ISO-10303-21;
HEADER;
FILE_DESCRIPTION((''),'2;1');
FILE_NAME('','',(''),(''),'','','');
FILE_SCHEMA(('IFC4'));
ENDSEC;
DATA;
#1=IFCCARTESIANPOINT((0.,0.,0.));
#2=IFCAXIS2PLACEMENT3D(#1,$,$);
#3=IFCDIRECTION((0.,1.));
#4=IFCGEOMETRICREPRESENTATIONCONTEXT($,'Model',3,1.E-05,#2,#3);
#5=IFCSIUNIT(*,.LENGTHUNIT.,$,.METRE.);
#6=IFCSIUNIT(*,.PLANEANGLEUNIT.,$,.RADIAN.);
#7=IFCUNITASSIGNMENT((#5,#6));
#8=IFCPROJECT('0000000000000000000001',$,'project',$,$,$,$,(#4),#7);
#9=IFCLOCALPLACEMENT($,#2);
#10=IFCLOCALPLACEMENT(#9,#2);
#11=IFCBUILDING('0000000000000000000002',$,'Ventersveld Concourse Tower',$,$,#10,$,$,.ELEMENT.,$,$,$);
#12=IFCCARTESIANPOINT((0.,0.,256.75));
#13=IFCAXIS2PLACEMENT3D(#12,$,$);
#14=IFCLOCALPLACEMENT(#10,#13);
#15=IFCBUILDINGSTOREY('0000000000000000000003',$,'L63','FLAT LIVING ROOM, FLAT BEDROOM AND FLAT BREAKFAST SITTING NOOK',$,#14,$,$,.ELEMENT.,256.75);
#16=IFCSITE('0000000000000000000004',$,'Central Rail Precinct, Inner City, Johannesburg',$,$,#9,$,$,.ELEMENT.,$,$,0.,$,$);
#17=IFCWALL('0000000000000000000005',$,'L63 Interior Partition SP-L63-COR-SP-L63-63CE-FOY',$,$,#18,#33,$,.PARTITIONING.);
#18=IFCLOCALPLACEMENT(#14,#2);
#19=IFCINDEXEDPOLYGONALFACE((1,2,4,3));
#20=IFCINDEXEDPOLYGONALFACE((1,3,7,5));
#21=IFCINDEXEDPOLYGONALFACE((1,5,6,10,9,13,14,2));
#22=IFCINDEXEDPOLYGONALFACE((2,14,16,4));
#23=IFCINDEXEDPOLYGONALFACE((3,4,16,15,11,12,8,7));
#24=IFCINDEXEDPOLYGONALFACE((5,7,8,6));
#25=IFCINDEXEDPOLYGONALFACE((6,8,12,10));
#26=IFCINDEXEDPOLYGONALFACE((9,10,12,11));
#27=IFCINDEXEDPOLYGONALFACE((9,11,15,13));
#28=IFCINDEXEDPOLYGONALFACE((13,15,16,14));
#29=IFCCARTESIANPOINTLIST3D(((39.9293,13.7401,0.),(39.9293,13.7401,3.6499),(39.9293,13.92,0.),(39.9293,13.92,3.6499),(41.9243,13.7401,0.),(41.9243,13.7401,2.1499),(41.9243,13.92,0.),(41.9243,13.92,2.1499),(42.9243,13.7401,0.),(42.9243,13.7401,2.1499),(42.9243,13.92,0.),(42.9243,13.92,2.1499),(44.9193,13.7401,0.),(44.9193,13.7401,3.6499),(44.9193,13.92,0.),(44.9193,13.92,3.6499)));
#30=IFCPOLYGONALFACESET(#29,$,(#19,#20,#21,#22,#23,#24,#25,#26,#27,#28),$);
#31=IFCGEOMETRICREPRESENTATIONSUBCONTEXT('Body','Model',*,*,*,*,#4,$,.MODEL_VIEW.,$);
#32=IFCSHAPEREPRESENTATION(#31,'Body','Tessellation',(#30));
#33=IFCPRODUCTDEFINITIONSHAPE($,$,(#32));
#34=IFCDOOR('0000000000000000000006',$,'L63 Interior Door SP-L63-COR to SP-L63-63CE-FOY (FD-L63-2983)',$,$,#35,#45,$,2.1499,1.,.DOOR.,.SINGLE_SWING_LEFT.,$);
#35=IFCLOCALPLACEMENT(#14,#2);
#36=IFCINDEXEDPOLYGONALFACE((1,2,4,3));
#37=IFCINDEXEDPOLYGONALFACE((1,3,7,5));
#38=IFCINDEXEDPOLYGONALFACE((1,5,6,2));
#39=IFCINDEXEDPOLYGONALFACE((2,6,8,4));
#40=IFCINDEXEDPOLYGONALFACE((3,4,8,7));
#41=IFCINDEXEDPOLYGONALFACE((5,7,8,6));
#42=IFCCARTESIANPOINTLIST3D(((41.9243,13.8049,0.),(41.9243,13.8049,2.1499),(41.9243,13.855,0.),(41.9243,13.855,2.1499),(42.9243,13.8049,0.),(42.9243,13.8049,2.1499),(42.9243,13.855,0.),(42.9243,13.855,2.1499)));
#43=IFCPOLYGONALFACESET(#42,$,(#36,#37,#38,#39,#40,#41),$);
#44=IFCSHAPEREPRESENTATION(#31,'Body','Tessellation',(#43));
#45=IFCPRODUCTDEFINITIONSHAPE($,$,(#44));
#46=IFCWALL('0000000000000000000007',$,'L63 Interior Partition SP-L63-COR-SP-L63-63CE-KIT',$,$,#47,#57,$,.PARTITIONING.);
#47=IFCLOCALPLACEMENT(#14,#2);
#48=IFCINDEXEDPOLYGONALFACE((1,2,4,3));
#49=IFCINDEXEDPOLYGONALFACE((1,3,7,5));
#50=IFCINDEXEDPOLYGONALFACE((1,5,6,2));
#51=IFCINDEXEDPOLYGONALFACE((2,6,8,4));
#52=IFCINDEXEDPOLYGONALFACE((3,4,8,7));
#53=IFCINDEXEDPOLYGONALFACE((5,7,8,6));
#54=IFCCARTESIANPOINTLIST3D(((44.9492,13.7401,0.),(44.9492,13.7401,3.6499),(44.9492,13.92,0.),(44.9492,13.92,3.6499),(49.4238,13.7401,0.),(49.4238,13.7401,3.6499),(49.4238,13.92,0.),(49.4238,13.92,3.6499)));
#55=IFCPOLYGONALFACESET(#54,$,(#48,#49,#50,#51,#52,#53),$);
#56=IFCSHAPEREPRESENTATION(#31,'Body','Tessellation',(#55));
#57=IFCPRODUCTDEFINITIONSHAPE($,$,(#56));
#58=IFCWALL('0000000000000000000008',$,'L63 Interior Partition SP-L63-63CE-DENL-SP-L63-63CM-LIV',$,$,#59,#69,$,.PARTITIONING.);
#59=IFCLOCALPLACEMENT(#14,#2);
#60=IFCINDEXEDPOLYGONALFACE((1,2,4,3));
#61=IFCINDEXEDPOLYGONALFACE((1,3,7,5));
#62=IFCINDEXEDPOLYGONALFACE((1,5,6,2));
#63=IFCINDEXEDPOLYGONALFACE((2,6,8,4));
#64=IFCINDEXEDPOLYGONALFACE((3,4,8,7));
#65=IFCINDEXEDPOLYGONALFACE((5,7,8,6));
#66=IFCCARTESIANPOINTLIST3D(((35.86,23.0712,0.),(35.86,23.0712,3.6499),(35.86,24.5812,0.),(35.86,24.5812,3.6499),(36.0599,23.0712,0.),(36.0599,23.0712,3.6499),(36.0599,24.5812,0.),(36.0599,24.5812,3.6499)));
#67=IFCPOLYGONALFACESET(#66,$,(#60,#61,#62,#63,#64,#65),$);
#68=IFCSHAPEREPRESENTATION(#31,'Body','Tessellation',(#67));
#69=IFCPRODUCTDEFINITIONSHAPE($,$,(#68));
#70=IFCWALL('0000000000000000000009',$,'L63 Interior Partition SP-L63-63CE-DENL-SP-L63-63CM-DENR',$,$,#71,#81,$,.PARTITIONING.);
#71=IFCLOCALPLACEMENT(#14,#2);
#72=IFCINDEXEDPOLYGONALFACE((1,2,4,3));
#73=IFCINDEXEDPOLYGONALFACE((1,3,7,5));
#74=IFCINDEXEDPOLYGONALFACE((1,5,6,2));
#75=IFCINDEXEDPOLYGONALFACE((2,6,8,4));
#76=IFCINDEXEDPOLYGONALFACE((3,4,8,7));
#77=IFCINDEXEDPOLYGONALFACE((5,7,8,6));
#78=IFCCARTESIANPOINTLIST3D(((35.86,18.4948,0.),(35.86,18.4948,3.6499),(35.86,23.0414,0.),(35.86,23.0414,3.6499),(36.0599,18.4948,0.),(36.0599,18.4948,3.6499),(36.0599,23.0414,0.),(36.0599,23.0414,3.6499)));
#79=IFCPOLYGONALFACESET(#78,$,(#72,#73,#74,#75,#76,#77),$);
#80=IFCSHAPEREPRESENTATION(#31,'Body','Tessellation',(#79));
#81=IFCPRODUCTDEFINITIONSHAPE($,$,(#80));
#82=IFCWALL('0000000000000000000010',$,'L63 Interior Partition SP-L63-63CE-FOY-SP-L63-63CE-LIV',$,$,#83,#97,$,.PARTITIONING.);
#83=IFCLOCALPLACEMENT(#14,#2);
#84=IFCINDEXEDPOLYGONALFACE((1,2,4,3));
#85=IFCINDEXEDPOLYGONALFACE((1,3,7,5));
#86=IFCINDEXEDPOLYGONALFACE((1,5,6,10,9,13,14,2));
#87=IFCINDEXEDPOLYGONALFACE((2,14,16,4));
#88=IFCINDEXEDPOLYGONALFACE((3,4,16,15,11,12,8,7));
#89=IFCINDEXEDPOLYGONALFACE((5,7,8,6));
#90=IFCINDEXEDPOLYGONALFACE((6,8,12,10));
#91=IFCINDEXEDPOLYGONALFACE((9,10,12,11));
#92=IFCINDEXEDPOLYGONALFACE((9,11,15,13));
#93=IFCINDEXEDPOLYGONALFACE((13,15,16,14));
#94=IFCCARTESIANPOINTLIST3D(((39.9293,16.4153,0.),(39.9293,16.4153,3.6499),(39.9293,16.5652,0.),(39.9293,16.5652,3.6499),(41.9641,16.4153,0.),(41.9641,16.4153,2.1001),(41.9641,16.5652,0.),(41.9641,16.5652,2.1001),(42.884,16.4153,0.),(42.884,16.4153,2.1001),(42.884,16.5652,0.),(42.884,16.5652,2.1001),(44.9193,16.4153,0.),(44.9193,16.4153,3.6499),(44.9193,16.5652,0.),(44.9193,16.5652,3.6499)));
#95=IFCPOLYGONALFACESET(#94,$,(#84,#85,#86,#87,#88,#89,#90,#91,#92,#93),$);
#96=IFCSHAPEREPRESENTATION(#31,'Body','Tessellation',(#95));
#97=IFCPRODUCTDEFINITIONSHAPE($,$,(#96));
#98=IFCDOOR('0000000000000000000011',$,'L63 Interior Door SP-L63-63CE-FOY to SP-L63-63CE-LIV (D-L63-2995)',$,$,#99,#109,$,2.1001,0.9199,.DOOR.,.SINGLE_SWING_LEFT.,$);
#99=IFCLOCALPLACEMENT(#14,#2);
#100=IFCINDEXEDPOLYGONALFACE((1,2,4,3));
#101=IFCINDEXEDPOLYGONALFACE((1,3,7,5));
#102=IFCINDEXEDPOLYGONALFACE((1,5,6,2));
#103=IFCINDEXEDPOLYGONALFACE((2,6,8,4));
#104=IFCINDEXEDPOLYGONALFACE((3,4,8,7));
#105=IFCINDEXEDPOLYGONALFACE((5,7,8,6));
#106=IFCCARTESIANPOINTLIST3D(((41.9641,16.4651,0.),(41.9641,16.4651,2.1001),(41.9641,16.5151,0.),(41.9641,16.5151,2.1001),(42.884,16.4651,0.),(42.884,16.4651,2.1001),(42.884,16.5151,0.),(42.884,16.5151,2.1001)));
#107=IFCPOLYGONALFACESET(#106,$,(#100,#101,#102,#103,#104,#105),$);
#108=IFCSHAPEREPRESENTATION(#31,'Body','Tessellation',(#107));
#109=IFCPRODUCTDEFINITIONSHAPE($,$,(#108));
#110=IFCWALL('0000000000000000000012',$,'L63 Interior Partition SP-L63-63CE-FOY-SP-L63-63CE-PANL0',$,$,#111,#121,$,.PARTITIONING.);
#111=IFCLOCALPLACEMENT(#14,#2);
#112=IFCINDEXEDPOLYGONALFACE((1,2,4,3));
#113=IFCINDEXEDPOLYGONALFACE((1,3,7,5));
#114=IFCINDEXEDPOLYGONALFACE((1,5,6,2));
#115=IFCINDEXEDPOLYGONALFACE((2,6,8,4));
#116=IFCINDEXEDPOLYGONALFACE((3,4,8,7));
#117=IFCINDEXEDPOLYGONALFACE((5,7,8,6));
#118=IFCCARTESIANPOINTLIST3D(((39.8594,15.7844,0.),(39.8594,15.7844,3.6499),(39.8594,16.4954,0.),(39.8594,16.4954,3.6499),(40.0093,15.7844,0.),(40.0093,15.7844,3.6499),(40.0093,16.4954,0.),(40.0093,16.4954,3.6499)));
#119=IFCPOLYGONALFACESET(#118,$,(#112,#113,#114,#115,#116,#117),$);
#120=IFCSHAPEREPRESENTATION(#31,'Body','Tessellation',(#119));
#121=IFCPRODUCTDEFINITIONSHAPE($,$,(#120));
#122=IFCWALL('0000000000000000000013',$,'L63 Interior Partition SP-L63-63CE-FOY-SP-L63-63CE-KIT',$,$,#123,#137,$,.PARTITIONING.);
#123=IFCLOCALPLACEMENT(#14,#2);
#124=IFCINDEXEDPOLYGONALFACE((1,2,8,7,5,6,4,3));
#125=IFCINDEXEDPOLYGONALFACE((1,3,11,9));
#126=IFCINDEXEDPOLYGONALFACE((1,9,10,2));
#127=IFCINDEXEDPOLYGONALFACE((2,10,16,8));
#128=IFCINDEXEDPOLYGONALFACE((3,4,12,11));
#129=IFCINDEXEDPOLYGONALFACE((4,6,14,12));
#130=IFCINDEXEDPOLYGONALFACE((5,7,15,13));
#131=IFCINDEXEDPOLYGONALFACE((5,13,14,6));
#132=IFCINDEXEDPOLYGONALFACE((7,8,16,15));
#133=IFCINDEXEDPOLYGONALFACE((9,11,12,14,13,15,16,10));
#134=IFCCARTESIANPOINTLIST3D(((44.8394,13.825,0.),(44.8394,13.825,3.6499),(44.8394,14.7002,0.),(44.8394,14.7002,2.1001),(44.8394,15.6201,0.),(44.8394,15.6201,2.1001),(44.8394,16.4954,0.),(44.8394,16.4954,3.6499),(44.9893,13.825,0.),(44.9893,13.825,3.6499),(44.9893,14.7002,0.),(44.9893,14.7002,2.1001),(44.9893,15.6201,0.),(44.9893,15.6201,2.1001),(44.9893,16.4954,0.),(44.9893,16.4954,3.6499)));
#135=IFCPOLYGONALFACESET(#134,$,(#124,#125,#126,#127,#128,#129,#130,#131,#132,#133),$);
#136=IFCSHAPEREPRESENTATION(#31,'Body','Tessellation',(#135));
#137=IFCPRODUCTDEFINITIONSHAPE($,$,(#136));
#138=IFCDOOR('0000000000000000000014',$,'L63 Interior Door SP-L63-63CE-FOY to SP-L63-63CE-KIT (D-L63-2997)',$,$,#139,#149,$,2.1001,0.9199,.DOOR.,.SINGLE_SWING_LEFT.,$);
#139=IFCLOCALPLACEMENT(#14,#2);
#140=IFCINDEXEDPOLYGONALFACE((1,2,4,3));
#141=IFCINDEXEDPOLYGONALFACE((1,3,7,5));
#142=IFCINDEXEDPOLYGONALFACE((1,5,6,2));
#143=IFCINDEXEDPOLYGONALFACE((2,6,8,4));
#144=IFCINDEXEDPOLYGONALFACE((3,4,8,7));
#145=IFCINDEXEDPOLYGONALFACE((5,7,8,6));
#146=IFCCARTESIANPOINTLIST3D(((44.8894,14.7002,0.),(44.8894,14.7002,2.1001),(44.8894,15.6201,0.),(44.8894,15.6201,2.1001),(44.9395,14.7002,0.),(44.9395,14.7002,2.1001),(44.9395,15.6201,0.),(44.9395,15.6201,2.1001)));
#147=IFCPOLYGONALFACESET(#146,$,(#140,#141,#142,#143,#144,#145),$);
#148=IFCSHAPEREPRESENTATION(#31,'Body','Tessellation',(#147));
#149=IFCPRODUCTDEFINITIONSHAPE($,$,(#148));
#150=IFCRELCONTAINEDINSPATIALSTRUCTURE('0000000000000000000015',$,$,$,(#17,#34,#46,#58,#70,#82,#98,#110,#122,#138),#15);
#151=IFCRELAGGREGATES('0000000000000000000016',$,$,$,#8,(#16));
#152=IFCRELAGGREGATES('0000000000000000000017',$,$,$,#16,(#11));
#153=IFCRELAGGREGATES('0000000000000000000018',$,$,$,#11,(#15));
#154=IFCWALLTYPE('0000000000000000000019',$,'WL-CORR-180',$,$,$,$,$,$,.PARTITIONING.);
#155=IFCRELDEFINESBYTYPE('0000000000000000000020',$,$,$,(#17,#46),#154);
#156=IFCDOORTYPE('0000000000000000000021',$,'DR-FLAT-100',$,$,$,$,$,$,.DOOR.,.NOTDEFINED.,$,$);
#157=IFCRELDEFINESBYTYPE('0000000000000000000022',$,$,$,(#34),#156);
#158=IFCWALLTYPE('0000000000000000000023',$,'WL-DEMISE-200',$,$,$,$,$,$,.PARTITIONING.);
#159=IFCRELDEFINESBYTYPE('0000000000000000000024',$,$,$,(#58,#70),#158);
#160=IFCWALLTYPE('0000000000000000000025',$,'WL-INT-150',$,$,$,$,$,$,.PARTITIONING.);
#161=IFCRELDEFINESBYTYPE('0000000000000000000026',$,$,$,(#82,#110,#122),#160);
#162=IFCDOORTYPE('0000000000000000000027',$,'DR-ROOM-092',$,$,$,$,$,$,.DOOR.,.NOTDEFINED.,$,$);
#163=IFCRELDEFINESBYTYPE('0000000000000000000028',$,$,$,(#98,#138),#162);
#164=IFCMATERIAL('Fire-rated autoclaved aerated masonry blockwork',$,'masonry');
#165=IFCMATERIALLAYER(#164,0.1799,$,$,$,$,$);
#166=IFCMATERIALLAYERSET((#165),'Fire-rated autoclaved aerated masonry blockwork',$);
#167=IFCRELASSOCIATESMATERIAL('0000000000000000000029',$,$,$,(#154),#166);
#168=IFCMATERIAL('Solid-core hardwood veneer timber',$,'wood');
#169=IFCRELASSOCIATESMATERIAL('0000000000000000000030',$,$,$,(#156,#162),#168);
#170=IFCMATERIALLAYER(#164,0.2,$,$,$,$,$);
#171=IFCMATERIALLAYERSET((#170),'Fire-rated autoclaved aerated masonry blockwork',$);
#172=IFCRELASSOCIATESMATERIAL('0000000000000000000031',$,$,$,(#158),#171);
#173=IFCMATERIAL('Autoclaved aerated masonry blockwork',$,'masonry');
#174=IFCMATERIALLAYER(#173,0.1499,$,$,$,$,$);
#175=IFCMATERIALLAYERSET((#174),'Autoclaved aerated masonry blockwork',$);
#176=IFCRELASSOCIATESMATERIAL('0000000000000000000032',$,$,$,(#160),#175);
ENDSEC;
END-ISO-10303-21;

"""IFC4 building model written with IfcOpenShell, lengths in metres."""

from ifc_helpers import new_model, si_unit, direction, frame, frame_2d, origin, place, context, subcontext, project, spatial, rectangle, extrude, material, layer, layer_set, type_object, element, fill, save


model = new_model("IFC4")

# Units and contexts
model_context = context("Model", 3, precision=1e-05, world=origin(), true_north=direction((0.0, 1.0)))
body_context = subcontext(model_context, "Body", "Model", "MODEL_VIEW")
ifc_project = project(units=[si_unit("LENGTHUNIT", "METRE"), si_unit("PLANEANGLEUNIT", "RADIAN")], contexts=[model_context])

# Site, building, storey
site_placement = place(None, origin())
site = spatial("IfcSite", under=ifc_project, at=site_placement, Name="Central Rail Precinct, Inner City, Johannesburg", CompositionType="ELEMENT", RefElevation=0.0)
building_placement = place(site_placement, origin())
building = spatial("IfcBuilding", under=site, at=building_placement, Name="Ventersveld Concourse Tower", CompositionType="ELEMENT")
storey_placement = place(building_placement, frame((0.0, 0.0, 256.75)))
storey = spatial("IfcBuildingStorey", under=building, at=storey_placement, Name="L63", Description="FLAT LIVING ROOM, FLAT BEDROOM AND FLAT BREAKFAST SITTING NOOK", CompositionType="ELEMENT", Elevation=256.75)

# Wall, opening, door
ifc_material_1 = material(Name="Fire-rated autoclaved aerated masonry blockwork", Category="masonry")
ifc_layer_1 = layer(ifc_material_1, 0.1799)
ifc_layer_set_1 = layer_set([ifc_layer_1], Name="Fire-rated autoclaved aerated masonry blockwork")
wall_type_1 = type_object("IfcWallType", Name="WL-CORR-180", PredefinedType="PARTITIONING", material=ifc_layer_set_1)
wall_1_placement = place(storey_placement, frame((39.9292, 13.8301, 0.0), z_axis=(0.0, 0.0, 1.0), x_axis=(1.0, 0.0, 0.0)))
wall_1 = element("IfcWall", 1, at=wall_1_placement, inside=storey, type_object=wall_type_1, Name="L63 Interior Partition SP-L63-COR-SP-L63-63CE-FOY", PredefinedType="PARTITIONING", context=body_context, shape_type="SweptSolid", body=[
    extrude(rectangle(XDim=4.99, YDim=0.1799, at=frame_2d((2.4951, 0.0))), origin(), (0.0, 0.0, 1.0), 3.6499),
])
opening_1_placement = place(wall_1_placement, frame((1.9951, 0.0, 0.0)))
opening_1 = element("IfcOpeningElement", 2, at=opening_1_placement, cuts=wall_1, PredefinedType="OPENING", context=body_context, shape_type="SweptSolid", body=[
    extrude(rectangle(XDim=1.0, YDim=2.1499, at=frame_2d((0.5, 1.075))), frame((0.0, 0.1001, 0.0), z_axis=(0.0, -1.0, 0.0), x_axis=(1.0, 0.0, 0.0)), (0.0, 0.0, 1.0), 0.2),
])
ifc_material_2 = material(Name="Solid-core hardwood veneer timber", Category="wood")
door_type_1 = type_object("IfcDoorType", Name="DR-FLAT-100", OperationType="NOTDEFINED", PredefinedType="DOOR", material=ifc_material_2)
door_1_placement = place(opening_1_placement, origin())
door_1 = element("IfcDoor", 3, at=door_1_placement, inside=storey, type_object=door_type_1, Name="L63 Interior Door SP-L63-COR to SP-L63-63CE-FOY (FD-L63-2983)", OperationType="SINGLE_SWING_LEFT", OverallHeight=2.1499, OverallWidth=1.0, PredefinedType="DOOR", context=body_context, shape_type="SweptSolid", body=[
    extrude(rectangle(XDim=1.0, YDim=2.1499, at=frame_2d((0.5, 1.075))), frame((0.0, 0.0249, 0.0), z_axis=(0.0, -1.0, 0.0), x_axis=(1.0, 0.0, 0.0)), (0.0, 0.0, 1.0), 0.05),
])
fill(opening_1, door_1)

# Walls
wall_2_placement = place(storey_placement, frame((44.9492, 13.8301, 0.0), z_axis=(0.0, 0.0, 1.0), x_axis=(1.0, 0.0, 0.0)))
element("IfcWall", 4, at=wall_2_placement, inside=storey, type_object=wall_type_1, Name="L63 Interior Partition SP-L63-COR-SP-L63-63CE-KIT", PredefinedType="PARTITIONING", context=body_context, shape_type="SweptSolid", body=[
    extrude(rectangle(XDim=4.4746, YDim=0.1799, at=frame_2d((2.2373, 0.0))), origin(), (0.0, 0.0, 1.0), 3.6499),
])
ifc_layer_2 = layer(ifc_material_1, 0.2)
ifc_layer_set_2 = layer_set([ifc_layer_2], Name="Fire-rated autoclaved aerated masonry blockwork")
wall_type_2 = type_object("IfcWallType", Name="WL-DEMISE-200", PredefinedType="PARTITIONING", material=ifc_layer_set_2)
wall_3_placement = place(storey_placement, frame((35.96, 23.0713, 0.0), z_axis=(0.0, 0.0, 1.0), x_axis=(0.0, 1.0, 0.0)))
element("IfcWall", 5, at=wall_3_placement, inside=storey, type_object=wall_type_2, Name="L63 Interior Partition SP-L63-63CE-DENL-SP-L63-63CM-LIV", PredefinedType="PARTITIONING", context=body_context, shape_type="SweptSolid", body=[
    extrude(rectangle(XDim=1.51, YDim=0.2, at=frame_2d((0.7549, 0.0))), origin(), (0.0, 0.0, 1.0), 3.6499),
])
wall_4_placement = place(storey_placement, frame((35.96, 18.4946, 0.0), z_axis=(0.0, 0.0, 1.0), x_axis=(0.0, 1.0, 0.0)))
element("IfcWall", 6, at=wall_4_placement, inside=storey, type_object=wall_type_2, Name="L63 Interior Partition SP-L63-63CE-DENL-SP-L63-63CM-DENR", PredefinedType="PARTITIONING", context=body_context, shape_type="SweptSolid", body=[
    extrude(rectangle(XDim=4.5466, YDim=0.2, at=frame_2d((2.2734, 0.0))), origin(), (0.0, 0.0, 1.0), 3.6499),
])

# Wall, opening, door
ifc_material_3 = material(Name="Autoclaved aerated masonry blockwork", Category="masonry")
ifc_layer_3 = layer(ifc_material_3, 0.1499)
ifc_layer_set_3 = layer_set([ifc_layer_3], Name="Autoclaved aerated masonry blockwork")
wall_type_3 = type_object("IfcWallType", Name="WL-INT-150", PredefinedType="PARTITIONING", material=ifc_layer_set_3)
wall_5_placement = place(storey_placement, frame((39.9292, 16.4902, 0.0), z_axis=(0.0, 0.0, 1.0), x_axis=(1.0, 0.0, 0.0)))
wall_5 = element("IfcWall", 7, at=wall_5_placement, inside=storey, type_object=wall_type_3, Name="L63 Interior Partition SP-L63-63CE-FOY-SP-L63-63CE-LIV", PredefinedType="PARTITIONING", context=body_context, shape_type="SweptSolid", body=[
    extrude(rectangle(XDim=4.99, YDim=0.1499, at=frame_2d((2.4951, 0.0))), origin(), (0.0, 0.0, 1.0), 3.6499),
])
opening_2_placement = place(wall_5_placement, frame((2.0349, 0.0, 0.0)))
opening_2 = element("IfcOpeningElement", 8, at=opening_2_placement, cuts=wall_5, PredefinedType="OPENING", context=body_context, shape_type="SweptSolid", body=[
    extrude(rectangle(XDim=0.9199, YDim=2.1001, at=frame_2d((0.46, 1.05))), frame((0.0, 0.085, 0.0), z_axis=(0.0, -1.0, 0.0), x_axis=(1.0, 0.0, 0.0)), (0.0, 0.0, 1.0), 0.1699),
])
door_type_2 = type_object("IfcDoorType", Name="DR-ROOM-092", OperationType="NOTDEFINED", PredefinedType="DOOR", material=ifc_material_2)
door_2_placement = place(opening_2_placement, origin())
door_2 = element("IfcDoor", 9, at=door_2_placement, inside=storey, type_object=door_type_2, Name="L63 Interior Door SP-L63-63CE-FOY to SP-L63-63CE-LIV (D-L63-2995)", OperationType="SINGLE_SWING_LEFT", OverallHeight=2.1001, OverallWidth=0.9199, PredefinedType="DOOR", context=body_context, shape_type="SweptSolid", body=[
    extrude(rectangle(XDim=0.9199, YDim=2.1001, at=frame_2d((0.46, 1.05))), frame((0.0, 0.0249, 0.0), z_axis=(0.0, -1.0, 0.0), x_axis=(1.0, 0.0, 0.0)), (0.0, 0.0, 1.0), 0.05),
])
fill(opening_2, door_2)

# Wall
wall_6_placement = place(storey_placement, frame((39.9343, 15.7844, 0.0), z_axis=(0.0, 0.0, 1.0), x_axis=(0.0, 1.0, 0.0)))
element("IfcWall", 10, at=wall_6_placement, inside=storey, type_object=wall_type_3, Name="L63 Interior Partition SP-L63-63CE-FOY-SP-L63-63CE-PANL0", PredefinedType="PARTITIONING", context=body_context, shape_type="SweptSolid", body=[
    extrude(rectangle(XDim=0.7109, YDim=0.1499, at=frame_2d((0.3555, 0.0))), origin(), (0.0, 0.0, 1.0), 3.6499),
])

# Wall, opening, door
wall_7_placement = place(storey_placement, frame((44.9143, 13.825, 0.0), z_axis=(0.0, 0.0, 1.0), x_axis=(0.0, 1.0, 0.0)))
wall_7 = element("IfcWall", 11, at=wall_7_placement, inside=storey, type_object=wall_type_3, Name="L63 Interior Partition SP-L63-63CE-FOY-SP-L63-63CE-KIT", PredefinedType="PARTITIONING", context=body_context, shape_type="SweptSolid", body=[
    extrude(rectangle(XDim=2.6704, YDim=0.1499, at=frame_2d((1.3352, 0.0))), origin(), (0.0, 0.0, 1.0), 3.6499),
])
opening_3_placement = place(wall_7_placement, frame((0.8752, 0.0, 0.0)))
opening_3 = element("IfcOpeningElement", 12, at=opening_3_placement, cuts=wall_7, PredefinedType="OPENING", context=body_context, shape_type="SweptSolid", body=[
    extrude(rectangle(XDim=0.9199, YDim=2.1001, at=frame_2d((0.46, 1.05))), frame((0.0, 0.085, 0.0), z_axis=(0.0, -1.0, 0.0), x_axis=(1.0, 0.0, 0.0)), (0.0, 0.0, 1.0), 0.1699),
])
door_3_placement = place(opening_3_placement, origin())
door_3 = element("IfcDoor", 13, at=door_3_placement, inside=storey, type_object=door_type_2, Name="L63 Interior Door SP-L63-63CE-FOY to SP-L63-63CE-KIT (D-L63-2997)", OperationType="SINGLE_SWING_LEFT", OverallHeight=2.1001, OverallWidth=0.9199, PredefinedType="DOOR", context=body_context, shape_type="SweptSolid", body=[
    extrude(rectangle(XDim=0.9199, YDim=2.1001, at=frame_2d((0.46, 1.05))), frame((0.0, 0.0249, 0.0), z_axis=(0.0, -1.0, 0.0), x_axis=(1.0, 0.0, 0.0)), (0.0, 0.0, 1.0), 0.05),
])
fill(opening_3, door_3)

save(model, "model.ifc")
